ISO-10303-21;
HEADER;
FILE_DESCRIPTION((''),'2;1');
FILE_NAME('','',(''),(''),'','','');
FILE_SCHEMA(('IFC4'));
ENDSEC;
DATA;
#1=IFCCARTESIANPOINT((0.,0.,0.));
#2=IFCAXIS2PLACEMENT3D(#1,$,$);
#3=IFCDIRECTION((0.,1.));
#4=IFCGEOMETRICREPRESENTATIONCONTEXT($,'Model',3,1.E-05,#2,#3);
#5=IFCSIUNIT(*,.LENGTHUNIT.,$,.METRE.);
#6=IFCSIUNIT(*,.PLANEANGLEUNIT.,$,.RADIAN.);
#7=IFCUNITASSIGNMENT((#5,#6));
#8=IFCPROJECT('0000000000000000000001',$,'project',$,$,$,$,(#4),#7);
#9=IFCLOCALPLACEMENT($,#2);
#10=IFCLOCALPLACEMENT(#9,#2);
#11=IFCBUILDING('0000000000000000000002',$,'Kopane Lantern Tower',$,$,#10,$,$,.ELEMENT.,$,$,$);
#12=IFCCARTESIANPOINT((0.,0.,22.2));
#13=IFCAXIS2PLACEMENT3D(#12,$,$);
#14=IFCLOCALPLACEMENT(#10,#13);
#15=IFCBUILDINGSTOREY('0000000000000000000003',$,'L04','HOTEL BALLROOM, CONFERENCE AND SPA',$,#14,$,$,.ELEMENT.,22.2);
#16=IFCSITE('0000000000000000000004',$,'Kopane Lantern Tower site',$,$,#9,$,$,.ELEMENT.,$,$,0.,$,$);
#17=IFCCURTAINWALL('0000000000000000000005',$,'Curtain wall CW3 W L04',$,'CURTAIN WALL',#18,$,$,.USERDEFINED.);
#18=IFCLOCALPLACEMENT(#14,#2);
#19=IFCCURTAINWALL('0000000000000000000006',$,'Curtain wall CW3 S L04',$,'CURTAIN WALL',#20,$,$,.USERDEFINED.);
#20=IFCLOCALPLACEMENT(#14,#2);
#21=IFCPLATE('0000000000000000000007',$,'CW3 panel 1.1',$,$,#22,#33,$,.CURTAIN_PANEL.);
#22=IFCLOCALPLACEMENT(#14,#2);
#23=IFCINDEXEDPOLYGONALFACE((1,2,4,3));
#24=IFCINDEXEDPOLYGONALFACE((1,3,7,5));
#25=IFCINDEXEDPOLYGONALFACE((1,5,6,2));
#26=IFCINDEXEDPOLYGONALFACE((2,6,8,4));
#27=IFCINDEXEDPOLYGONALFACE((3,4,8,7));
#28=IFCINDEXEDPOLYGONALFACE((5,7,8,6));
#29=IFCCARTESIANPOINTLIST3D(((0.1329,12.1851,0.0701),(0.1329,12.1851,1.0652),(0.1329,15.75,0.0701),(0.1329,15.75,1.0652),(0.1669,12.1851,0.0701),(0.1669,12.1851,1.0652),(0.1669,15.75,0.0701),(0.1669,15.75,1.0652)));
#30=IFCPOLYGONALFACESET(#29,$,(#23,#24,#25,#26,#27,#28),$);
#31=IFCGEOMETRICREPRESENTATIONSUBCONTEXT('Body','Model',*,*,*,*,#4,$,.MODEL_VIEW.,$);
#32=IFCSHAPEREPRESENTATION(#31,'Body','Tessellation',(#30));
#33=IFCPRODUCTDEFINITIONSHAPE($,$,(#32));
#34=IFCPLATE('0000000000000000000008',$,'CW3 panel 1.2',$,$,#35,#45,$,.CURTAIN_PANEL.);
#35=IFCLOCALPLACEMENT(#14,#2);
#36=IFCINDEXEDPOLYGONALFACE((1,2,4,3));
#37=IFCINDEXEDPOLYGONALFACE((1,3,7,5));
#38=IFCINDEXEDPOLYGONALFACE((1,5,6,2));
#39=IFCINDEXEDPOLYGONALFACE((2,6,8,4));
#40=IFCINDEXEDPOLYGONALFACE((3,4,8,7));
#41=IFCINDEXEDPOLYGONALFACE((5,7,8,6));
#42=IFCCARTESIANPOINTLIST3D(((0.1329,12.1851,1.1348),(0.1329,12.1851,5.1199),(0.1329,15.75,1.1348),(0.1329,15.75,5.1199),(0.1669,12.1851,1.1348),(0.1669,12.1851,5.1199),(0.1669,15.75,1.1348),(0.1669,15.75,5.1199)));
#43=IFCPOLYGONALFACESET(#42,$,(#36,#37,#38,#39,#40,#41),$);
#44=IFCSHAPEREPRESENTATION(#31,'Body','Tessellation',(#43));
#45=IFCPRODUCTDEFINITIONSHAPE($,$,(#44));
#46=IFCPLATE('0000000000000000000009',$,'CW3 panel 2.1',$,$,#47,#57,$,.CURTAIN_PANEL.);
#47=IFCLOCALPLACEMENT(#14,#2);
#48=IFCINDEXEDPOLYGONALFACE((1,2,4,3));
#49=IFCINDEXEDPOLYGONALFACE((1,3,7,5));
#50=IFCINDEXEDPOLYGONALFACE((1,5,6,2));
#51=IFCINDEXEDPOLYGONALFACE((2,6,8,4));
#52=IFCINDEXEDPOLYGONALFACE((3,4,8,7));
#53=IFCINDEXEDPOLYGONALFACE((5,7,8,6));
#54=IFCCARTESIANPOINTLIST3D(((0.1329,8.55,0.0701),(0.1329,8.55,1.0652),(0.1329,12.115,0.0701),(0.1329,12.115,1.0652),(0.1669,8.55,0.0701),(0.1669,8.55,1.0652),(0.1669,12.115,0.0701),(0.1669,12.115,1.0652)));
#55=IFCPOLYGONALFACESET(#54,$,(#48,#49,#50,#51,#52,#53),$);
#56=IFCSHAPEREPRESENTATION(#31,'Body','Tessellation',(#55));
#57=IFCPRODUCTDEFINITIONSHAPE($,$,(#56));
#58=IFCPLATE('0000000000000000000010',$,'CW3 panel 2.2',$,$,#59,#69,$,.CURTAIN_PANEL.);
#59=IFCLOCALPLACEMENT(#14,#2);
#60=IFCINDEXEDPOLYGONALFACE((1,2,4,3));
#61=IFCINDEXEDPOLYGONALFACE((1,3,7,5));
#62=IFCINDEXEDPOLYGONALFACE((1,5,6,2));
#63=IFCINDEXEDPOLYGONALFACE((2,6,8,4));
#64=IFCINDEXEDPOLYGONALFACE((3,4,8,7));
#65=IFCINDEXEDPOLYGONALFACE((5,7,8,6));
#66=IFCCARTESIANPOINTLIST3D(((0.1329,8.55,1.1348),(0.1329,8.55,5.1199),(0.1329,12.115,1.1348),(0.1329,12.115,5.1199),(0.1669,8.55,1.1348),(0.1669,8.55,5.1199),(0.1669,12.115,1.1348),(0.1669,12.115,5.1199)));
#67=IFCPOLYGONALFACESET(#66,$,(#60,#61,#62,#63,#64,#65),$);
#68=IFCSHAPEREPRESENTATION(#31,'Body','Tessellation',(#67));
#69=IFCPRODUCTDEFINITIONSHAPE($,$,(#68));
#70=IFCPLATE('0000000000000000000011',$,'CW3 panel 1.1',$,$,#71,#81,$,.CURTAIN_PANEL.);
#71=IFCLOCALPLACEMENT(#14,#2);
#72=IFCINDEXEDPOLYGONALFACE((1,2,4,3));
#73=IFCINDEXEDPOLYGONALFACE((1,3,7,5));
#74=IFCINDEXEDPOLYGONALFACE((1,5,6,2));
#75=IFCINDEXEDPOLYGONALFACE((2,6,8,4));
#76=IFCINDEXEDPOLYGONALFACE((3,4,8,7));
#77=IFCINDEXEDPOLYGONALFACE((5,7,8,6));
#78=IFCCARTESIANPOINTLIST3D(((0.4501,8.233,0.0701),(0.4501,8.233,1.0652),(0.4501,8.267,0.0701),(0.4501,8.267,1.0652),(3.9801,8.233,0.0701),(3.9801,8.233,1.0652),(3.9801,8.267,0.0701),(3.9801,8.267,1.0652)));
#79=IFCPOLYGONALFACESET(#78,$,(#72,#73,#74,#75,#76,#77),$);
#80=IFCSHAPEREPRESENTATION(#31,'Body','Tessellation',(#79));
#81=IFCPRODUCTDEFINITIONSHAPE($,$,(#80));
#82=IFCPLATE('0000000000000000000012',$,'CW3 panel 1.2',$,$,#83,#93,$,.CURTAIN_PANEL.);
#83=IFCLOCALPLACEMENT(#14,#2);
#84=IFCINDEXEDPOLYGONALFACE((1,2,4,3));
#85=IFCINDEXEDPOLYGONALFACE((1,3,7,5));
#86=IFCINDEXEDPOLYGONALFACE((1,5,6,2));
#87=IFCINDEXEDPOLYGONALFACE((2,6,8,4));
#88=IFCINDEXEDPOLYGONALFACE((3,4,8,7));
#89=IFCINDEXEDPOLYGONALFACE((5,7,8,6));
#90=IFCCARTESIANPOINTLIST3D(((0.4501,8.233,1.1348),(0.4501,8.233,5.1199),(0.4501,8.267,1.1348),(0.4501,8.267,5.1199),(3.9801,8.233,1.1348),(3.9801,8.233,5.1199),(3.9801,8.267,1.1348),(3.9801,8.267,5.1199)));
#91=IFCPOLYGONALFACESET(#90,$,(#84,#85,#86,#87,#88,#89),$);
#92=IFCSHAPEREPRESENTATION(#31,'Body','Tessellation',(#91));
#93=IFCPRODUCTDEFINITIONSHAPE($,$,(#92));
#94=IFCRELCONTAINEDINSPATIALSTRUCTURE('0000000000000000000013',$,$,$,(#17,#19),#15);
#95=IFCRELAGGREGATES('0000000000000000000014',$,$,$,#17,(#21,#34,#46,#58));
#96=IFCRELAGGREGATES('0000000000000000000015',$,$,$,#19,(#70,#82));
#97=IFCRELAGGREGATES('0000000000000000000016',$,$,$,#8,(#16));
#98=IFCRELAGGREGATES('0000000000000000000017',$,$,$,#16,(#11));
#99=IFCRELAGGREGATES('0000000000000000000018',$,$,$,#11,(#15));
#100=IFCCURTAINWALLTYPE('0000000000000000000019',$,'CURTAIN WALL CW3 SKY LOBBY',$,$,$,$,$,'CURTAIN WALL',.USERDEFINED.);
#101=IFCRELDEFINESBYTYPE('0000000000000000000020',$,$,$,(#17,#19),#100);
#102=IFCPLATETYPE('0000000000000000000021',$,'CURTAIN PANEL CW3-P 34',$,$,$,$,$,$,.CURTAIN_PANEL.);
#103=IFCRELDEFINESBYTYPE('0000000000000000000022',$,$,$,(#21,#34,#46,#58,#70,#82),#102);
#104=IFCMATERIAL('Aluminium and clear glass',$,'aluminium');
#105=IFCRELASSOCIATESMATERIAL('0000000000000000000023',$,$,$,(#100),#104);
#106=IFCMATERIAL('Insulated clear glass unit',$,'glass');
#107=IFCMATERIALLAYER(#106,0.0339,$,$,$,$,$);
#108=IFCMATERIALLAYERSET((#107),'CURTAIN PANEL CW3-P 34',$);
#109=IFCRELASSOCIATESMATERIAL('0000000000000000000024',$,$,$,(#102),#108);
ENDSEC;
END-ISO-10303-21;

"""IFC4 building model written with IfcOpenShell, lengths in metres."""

from ifc_helpers import new_model, si_unit, direction, frame, origin, origin_2d, place, context, subcontext, project, spatial, rectangle, extrude, material, layer, layer_set, type_object, element, aggregate, save


model = new_model("IFC4")

# Units and contexts
model_context = context("Model", 3, precision=1e-05, world=origin(), true_north=direction((0.0, 1.0)))
body_context = subcontext(model_context, "Body", "Model", "MODEL_VIEW")
ifc_project = project(units=[si_unit("LENGTHUNIT", "METRE"), si_unit("PLANEANGLEUNIT", "RADIAN")], contexts=[model_context])

# Site, building, storey
site_placement = place(None, origin())
site = spatial("IfcSite", under=ifc_project, at=site_placement, Name="Kopane Lantern Tower site", CompositionType="ELEMENT", RefElevation=0.0)
building_placement = place(site_placement, origin())
building = spatial("IfcBuilding", under=site, at=building_placement, Name="Kopane Lantern Tower", CompositionType="ELEMENT")
storey_placement = place(building_placement, frame((0.0, 0.0, 22.2)))
storey = spatial("IfcBuildingStorey", under=building, at=storey_placement, Name="L04", Description="HOTEL BALLROOM, CONFERENCE AND SPA", CompositionType="ELEMENT", Elevation=22.2)

# Curtain wall
ifc_material_1 = material(Name="Aluminium and clear glass", Category="aluminium")
curtain_wall_type = type_object("IfcCurtainWallType", Name="CURTAIN WALL CW3 SKY LOBBY", ElementType="CURTAIN WALL", PredefinedType="USERDEFINED", material=ifc_material_1)
curtain_wall_1_placement = place(storey_placement, origin())
curtain_wall_1 = element("IfcCurtainWall", 1, at=curtain_wall_1_placement, inside=storey, type_object=curtain_wall_type, Name="Curtain wall CW3 W L04", ObjectType="CURTAIN WALL", PredefinedType="USERDEFINED")

# Curtain wall
curtain_wall_2_placement = place(storey_placement, origin())
curtain_wall_2 = element("IfcCurtainWall", 2, at=curtain_wall_2_placement, inside=storey, type_object=curtain_wall_type, Name="Curtain wall CW3 S L04", ObjectType="CURTAIN WALL", PredefinedType="USERDEFINED")

# Plates
ifc_material_2 = material(Name="Insulated clear glass unit", Category="glass")
ifc_layer = layer(ifc_material_2, 0.0339)
ifc_layer_set = layer_set([ifc_layer], Name="CURTAIN PANEL CW3-P 34")
plate_type = type_object("IfcPlateType", Name="CURTAIN PANEL CW3-P 34", PredefinedType="CURTAIN_PANEL", material=ifc_layer_set)
plate_1_placement = place(storey_placement, frame((0.1499, 13.9675, 0.0701), z_axis=(0.0, 0.0, 1.0), x_axis=(0.0, -1.0, 0.0)))
plate_1 = element("IfcPlate", 3, at=plate_1_placement, type_object=plate_type, Name="CW3 panel 1.1", PredefinedType="CURTAIN_PANEL", context=body_context, shape_type="SweptSolid", body=[
    extrude(rectangle(XDim=3.5649, YDim=0.0339, at=origin_2d()), origin(), (0.0, 0.0, 1.0), 0.9951),
])
plate_2_placement = place(storey_placement, frame((0.1499, 13.9675, 1.1348), z_axis=(0.0, 0.0, 1.0), x_axis=(0.0, -1.0, 0.0)))
plate_2 = element("IfcPlate", 4, at=plate_2_placement, type_object=plate_type, Name="CW3 panel 1.2", PredefinedType="CURTAIN_PANEL", context=body_context, shape_type="SweptSolid", body=[
    extrude(rectangle(XDim=3.5649, YDim=0.0339, at=origin_2d()), origin(), (0.0, 0.0, 1.0), 3.9851),
])
plate_3_placement = place(storey_placement, frame((0.1499, 10.3325, 0.0701), z_axis=(0.0, 0.0, 1.0), x_axis=(0.0, -1.0, 0.0)))
plate_3 = element("IfcPlate", 5, at=plate_3_placement, type_object=plate_type, Name="CW3 panel 2.1", PredefinedType="CURTAIN_PANEL", context=body_context, shape_type="SweptSolid", body=[
    extrude(rectangle(XDim=3.5649, YDim=0.0339, at=origin_2d()), origin(), (0.0, 0.0, 1.0), 0.9951),
])
plate_4_placement = place(storey_placement, frame((0.1499, 10.3325, 1.1348), z_axis=(0.0, 0.0, 1.0), x_axis=(0.0, -1.0, 0.0)))
plate_4 = element("IfcPlate", 6, at=plate_4_placement, type_object=plate_type, Name="CW3 panel 2.2", PredefinedType="CURTAIN_PANEL", context=body_context, shape_type="SweptSolid", body=[
    extrude(rectangle(XDim=3.5649, YDim=0.0339, at=origin_2d()), origin(), (0.0, 0.0, 1.0), 3.9851),
])
aggregate(curtain_wall_1, [plate_1, plate_2, plate_3, plate_4])
plate_5_placement = place(storey_placement, frame((2.2151, 8.25, 0.0701), z_axis=(0.0, 0.0, 1.0), x_axis=(1.0, 0.0, 0.0)))
plate_5 = element("IfcPlate", 7, at=plate_5_placement, type_object=plate_type, Name="CW3 panel 1.1", PredefinedType="CURTAIN_PANEL", context=body_context, shape_type="SweptSolid", body=[
    extrude(rectangle(XDim=3.53, YDim=0.0339, at=origin_2d()), origin(), (0.0, 0.0, 1.0), 0.9951),
])
plate_6_placement = place(storey_placement, frame((2.2151, 8.25, 1.1348), z_axis=(0.0, 0.0, 1.0), x_axis=(1.0, 0.0, 0.0)))
plate_6 = element("IfcPlate", 8, at=plate_6_placement, type_object=plate_type, Name="CW3 panel 1.2", PredefinedType="CURTAIN_PANEL", context=body_context, shape_type="SweptSolid", body=[
    extrude(rectangle(XDim=3.53, YDim=0.0339, at=origin_2d()), origin(), (0.0, 0.0, 1.0), 3.9851),
])
aggregate(curtain_wall_2, [plate_5, plate_6])

save(model, "model.ifc")
